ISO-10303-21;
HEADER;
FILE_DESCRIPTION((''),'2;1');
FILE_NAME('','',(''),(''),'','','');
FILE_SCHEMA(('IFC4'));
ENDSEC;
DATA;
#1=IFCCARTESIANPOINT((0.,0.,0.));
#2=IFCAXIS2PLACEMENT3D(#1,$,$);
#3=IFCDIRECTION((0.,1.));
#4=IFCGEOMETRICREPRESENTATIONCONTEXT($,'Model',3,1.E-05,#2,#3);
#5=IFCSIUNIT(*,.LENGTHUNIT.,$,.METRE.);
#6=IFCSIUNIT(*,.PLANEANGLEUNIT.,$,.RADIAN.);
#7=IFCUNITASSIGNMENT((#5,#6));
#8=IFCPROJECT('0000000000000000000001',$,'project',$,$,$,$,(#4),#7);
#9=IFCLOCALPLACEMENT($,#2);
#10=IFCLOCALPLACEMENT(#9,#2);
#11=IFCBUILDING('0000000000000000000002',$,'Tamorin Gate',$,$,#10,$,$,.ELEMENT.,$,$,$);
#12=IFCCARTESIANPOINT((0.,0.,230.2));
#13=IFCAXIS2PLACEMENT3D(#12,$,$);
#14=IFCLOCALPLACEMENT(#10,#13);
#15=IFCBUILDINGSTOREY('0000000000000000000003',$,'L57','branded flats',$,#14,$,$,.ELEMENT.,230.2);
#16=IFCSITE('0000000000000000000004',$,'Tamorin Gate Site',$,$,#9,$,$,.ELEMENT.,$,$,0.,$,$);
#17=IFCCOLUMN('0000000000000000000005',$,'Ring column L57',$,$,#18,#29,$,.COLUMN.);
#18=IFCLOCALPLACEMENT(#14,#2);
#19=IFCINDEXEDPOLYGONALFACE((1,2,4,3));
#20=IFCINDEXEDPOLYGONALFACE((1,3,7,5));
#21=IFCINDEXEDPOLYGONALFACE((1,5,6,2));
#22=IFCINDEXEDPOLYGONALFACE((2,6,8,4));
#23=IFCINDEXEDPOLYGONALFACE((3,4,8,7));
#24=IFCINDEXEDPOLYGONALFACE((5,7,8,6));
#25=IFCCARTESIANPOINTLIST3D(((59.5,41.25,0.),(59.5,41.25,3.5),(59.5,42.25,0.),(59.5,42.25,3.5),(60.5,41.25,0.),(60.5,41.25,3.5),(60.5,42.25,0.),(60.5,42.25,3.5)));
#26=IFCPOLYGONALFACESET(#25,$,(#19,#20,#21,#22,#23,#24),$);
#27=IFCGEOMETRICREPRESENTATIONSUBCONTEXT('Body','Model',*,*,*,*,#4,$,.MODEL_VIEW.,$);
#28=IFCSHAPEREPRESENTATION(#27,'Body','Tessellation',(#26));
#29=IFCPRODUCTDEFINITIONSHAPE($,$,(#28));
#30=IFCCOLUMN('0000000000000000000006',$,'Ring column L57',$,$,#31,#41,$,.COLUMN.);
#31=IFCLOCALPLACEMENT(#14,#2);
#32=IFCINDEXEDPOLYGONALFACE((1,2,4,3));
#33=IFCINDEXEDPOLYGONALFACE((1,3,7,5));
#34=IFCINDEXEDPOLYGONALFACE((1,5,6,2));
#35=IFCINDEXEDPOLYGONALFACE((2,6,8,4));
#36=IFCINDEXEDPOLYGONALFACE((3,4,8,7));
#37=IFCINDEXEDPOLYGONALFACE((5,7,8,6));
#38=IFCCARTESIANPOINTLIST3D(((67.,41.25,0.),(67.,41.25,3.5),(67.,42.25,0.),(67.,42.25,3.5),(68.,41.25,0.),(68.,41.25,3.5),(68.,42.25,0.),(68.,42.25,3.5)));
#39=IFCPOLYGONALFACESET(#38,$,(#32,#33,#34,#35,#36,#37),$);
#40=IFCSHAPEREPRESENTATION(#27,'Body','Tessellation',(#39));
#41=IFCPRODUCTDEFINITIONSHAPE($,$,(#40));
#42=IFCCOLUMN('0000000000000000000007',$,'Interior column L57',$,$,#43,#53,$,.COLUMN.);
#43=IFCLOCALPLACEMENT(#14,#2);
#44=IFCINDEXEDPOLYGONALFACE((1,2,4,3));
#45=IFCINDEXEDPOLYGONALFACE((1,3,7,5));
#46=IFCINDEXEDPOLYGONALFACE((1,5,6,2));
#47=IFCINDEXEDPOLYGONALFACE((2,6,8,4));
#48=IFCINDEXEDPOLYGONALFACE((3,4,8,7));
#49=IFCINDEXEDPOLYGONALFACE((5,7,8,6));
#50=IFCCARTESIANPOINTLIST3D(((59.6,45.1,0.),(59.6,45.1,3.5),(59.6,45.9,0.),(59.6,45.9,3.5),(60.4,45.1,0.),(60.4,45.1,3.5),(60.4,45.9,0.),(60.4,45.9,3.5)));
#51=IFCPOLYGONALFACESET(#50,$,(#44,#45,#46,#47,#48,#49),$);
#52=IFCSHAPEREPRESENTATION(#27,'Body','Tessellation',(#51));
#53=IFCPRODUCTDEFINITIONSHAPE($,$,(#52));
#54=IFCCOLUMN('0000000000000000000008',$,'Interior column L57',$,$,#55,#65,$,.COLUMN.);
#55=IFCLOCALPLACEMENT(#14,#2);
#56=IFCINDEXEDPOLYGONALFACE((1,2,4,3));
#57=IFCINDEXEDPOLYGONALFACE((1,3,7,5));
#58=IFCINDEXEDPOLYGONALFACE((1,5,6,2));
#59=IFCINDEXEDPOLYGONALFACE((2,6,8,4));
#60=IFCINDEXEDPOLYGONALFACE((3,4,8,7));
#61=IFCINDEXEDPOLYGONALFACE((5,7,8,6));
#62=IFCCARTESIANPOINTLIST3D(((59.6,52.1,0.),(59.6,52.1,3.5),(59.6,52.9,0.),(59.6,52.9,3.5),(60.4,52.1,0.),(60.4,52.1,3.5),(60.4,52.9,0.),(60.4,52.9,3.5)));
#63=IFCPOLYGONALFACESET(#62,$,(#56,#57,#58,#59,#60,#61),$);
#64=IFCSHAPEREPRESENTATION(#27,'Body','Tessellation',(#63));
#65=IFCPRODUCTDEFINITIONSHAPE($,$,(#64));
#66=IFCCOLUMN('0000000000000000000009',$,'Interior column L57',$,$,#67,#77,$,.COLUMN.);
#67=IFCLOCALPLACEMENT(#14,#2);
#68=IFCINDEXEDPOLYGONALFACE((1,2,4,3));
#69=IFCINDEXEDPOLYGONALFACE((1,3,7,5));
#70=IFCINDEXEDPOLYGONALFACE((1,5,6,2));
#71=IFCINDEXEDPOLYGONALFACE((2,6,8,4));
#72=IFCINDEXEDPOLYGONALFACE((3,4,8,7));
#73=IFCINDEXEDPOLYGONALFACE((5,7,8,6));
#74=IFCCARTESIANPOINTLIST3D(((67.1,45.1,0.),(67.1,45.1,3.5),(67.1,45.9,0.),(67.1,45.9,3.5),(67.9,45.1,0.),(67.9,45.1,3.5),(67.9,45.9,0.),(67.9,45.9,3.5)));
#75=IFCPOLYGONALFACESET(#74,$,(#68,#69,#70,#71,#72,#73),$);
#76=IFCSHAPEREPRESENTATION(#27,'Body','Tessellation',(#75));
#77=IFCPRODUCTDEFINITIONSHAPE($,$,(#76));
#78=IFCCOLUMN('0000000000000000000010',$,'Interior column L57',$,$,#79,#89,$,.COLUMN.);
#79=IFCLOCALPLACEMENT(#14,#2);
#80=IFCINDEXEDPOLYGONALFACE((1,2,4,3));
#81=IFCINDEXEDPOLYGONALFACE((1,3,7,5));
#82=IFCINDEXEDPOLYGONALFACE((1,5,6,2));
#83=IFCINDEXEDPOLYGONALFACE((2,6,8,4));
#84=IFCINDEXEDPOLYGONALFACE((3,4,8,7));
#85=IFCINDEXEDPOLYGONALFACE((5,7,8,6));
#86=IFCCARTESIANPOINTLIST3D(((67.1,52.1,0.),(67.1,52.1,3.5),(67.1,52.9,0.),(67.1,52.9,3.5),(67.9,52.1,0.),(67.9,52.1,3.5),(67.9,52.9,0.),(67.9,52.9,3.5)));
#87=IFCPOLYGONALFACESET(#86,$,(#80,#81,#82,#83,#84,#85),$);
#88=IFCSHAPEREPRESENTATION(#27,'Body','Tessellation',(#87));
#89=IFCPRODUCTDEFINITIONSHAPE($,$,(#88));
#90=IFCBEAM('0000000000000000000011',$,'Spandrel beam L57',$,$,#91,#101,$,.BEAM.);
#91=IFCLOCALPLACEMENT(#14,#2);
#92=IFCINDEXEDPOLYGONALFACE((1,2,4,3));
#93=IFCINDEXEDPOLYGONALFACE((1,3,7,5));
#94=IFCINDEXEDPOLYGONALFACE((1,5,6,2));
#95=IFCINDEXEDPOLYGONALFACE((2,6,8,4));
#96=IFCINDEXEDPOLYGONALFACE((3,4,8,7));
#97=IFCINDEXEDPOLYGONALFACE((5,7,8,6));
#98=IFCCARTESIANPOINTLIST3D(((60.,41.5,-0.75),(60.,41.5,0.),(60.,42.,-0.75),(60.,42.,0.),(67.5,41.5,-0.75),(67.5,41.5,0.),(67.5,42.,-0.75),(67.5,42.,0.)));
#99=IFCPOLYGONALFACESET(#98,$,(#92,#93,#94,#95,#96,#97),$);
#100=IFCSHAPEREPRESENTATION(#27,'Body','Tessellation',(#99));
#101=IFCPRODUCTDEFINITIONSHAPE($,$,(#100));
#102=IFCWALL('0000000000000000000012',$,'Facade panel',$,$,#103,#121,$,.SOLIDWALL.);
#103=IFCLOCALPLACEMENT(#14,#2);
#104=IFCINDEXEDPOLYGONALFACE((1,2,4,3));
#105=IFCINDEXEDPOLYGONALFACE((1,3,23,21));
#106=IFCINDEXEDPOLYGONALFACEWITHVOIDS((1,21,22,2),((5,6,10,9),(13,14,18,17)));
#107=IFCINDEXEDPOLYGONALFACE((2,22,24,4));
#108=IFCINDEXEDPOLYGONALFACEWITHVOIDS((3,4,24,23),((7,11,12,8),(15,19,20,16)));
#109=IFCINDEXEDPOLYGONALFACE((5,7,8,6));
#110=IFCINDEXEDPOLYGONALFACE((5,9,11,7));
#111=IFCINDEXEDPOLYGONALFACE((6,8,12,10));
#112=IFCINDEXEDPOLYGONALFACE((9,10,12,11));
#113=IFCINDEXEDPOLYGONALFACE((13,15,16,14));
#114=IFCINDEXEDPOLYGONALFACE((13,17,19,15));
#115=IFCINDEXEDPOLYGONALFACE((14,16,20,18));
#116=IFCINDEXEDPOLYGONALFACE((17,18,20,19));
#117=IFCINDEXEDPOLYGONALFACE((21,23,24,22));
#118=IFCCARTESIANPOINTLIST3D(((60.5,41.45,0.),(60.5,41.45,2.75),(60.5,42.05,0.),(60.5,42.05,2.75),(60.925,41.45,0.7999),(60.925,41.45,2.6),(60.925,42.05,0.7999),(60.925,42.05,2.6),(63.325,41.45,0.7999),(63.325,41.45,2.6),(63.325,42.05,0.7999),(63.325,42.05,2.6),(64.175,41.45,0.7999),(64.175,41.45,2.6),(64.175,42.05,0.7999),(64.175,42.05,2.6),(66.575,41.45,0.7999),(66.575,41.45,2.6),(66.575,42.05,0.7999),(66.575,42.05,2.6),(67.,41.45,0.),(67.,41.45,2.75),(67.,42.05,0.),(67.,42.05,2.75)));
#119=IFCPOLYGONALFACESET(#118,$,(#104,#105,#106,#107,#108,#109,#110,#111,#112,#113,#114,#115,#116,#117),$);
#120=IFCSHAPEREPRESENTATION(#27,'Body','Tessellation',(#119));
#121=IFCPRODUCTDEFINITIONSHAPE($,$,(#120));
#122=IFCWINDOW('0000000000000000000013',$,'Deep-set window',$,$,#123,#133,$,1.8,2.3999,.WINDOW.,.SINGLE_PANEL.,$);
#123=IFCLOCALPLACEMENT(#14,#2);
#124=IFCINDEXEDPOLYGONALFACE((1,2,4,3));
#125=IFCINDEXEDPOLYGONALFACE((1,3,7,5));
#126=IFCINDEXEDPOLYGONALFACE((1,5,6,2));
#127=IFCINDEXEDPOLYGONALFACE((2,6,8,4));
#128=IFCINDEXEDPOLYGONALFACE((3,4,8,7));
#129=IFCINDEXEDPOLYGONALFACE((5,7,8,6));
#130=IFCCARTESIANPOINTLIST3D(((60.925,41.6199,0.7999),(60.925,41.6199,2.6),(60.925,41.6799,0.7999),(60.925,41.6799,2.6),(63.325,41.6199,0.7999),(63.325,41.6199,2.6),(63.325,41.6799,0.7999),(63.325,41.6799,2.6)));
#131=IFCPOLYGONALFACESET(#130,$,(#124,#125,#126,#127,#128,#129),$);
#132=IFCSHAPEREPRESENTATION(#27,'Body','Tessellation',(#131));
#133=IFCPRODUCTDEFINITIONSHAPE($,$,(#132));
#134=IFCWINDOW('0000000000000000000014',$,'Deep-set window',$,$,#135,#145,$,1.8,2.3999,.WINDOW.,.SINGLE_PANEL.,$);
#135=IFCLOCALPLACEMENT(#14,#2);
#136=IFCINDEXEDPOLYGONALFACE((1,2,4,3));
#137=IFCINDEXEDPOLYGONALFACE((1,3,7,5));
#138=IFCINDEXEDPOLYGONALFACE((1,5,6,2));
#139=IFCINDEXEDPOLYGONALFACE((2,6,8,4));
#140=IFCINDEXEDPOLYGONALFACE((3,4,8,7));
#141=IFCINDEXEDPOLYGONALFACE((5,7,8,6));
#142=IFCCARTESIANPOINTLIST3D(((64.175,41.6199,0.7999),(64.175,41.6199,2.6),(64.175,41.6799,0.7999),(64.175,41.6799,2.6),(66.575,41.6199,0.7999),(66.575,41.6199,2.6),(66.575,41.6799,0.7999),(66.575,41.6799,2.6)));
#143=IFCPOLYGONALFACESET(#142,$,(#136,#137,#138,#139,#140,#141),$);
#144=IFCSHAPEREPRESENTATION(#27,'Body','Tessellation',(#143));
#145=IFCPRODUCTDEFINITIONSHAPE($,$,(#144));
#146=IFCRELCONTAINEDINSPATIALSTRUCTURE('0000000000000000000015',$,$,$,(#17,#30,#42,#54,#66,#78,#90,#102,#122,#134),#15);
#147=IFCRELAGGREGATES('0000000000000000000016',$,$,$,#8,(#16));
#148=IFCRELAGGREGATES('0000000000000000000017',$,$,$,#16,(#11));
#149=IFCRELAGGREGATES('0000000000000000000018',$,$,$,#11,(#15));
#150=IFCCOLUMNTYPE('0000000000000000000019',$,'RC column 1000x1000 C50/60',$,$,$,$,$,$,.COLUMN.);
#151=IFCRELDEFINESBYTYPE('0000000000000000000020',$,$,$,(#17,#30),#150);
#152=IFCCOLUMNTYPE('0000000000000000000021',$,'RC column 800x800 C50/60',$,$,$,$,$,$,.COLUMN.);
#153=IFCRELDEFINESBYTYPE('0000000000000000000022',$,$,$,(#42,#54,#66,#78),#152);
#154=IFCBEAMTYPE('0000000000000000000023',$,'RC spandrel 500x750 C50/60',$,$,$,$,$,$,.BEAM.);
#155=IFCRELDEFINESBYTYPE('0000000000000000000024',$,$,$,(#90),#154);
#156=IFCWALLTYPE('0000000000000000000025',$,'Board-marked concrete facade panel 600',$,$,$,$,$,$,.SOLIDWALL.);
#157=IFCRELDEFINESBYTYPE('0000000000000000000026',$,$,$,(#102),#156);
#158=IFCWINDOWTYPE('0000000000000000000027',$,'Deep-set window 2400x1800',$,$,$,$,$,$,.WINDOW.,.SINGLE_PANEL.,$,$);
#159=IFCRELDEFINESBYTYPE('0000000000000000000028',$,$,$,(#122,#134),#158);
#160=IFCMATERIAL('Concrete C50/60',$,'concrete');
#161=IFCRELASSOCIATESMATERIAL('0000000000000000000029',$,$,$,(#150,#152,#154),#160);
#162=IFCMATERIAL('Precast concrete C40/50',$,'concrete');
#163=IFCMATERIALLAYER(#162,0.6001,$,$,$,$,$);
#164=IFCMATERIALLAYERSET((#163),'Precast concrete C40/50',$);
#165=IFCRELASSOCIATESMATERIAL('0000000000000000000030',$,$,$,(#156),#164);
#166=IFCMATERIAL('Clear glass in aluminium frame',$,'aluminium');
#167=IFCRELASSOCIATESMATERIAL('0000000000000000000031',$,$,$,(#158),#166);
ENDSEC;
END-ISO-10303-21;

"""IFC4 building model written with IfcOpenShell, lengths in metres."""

from ifc_helpers import new_model, si_unit, direction, frame, frame_2d, origin, origin_2d, place, context, subcontext, project, spatial, rectangle, extrude, material, layer, layer_set, material_profile, profile_set, type_object, element, fill, save


model = new_model("IFC4")

# Units and contexts
model_context = context("Model", 3, precision=1e-05, world=origin(), true_north=direction((0.0, 1.0)))
body_context = subcontext(model_context, "Body", "Model", "MODEL_VIEW")
ifc_project = project(units=[si_unit("LENGTHUNIT", "METRE"), si_unit("PLANEANGLEUNIT", "RADIAN")], contexts=[model_context])

# Site, building, storey
site_placement = place(None, origin())
site = spatial("IfcSite", under=ifc_project, at=site_placement, Name="Tamorin Gate Site", CompositionType="ELEMENT", RefElevation=0.0)
building_placement = place(site_placement, origin())
building = spatial("IfcBuilding", under=site, at=building_placement, Name="Tamorin Gate", CompositionType="ELEMENT")
storey_placement = place(building_placement, frame((0.0, 0.0, 230.2)))
storey = spatial("IfcBuildingStorey", under=building, at=storey_placement, Name="L57", Description="branded flats", CompositionType="ELEMENT", Elevation=230.2)

# Columns
ifc_material_1 = material(Name="Concrete C50/60", Category="concrete")
ifc_material_profile_1 = material_profile(ifc_material_1, rectangle(XDim=1.0, YDim=1.0, at=origin_2d()), Name="RC 1000x1000")
ifc_profile_set_1 = profile_set([ifc_material_profile_1], Name="Concrete C50/60")
column_type_1 = type_object("IfcColumnType", Name="RC column 1000x1000 C50/60", PredefinedType="COLUMN", material=ifc_profile_set_1)
for number, where, z_axis, x_axis, name in (
    (1, (60.0, 41.75, 0.0), (0.0, 0.0, 1.0), (1.0, 0.0, 0.0), "Ring column L57"),
    (2, (67.5, 41.75, 0.0), (0.0, 0.0, 1.0), (1.0, 0.0, 0.0), "Ring column L57"),
):
    element("IfcColumn", number, at=place(storey_placement, frame(where, z_axis=z_axis, x_axis=x_axis)), inside=storey, type_object=column_type_1, Name=name, PredefinedType="COLUMN", context=body_context, shape_type="SweptSolid", body=[
        extrude(rectangle(XDim=1.0, YDim=1.0, at=origin_2d()), origin(), (0.0, 0.0, 1.0), 3.5),
    ])
ifc_material_profile_2 = material_profile(ifc_material_1, rectangle(XDim=0.8, YDim=0.8, at=origin_2d()), Name="RC 800x800")
ifc_profile_set_2 = profile_set([ifc_material_profile_2], Name="Concrete C50/60")
column_type_2 = type_object("IfcColumnType", Name="RC column 800x800 C50/60", PredefinedType="COLUMN", material=ifc_profile_set_2)
for number, where, z_axis, x_axis, name in (
    (3, (60.0, 45.5, 0.0), (0.0, 0.0, 1.0), (1.0, 0.0, 0.0), "Interior column L57"),
    (4, (60.0, 52.5, 0.0), (0.0, 0.0, 1.0), (1.0, 0.0, 0.0), "Interior column L57"),
    (5, (67.5, 45.5, 0.0), (0.0, 0.0, 1.0), (1.0, 0.0, 0.0), "Interior column L57"),
    (6, (67.5, 52.5, 0.0), (0.0, 0.0, 1.0), (1.0, 0.0, 0.0), "Interior column L57"),
):
    element("IfcColumn", number, at=place(storey_placement, frame(where, z_axis=z_axis, x_axis=x_axis)), inside=storey, type_object=column_type_2, Name=name, PredefinedType="COLUMN", context=body_context, shape_type="SweptSolid", body=[
        extrude(rectangle(XDim=0.8, YDim=0.8, at=origin_2d()), origin(), (0.0, 0.0, 1.0), 3.5),
    ])

# Beam
ifc_material_profile_3 = material_profile(ifc_material_1, rectangle(XDim=0.5, YDim=0.75, at=origin_2d()), Name="RC 500x750")
ifc_profile_set_3 = profile_set([ifc_material_profile_3], Name="Concrete C50/60")
beam_type = type_object("IfcBeamType", Name="RC spandrel 500x750 C50/60", PredefinedType="BEAM", material=ifc_profile_set_3)
beam_placement = place(storey_placement, frame((60.0, 41.75, -0.375), z_axis=(1.0, 0.0, 0.0), x_axis=(0.0, 1.0, 0.0)))
element("IfcBeam", 7, at=beam_placement, inside=storey, type_object=beam_type, Name="Spandrel beam L57", PredefinedType="BEAM", context=body_context, shape_type="SweptSolid", body=[
    extrude(rectangle(XDim=0.5, YDim=0.75, at=origin_2d()), origin(), (0.0, 0.0, 1.0), 7.5),
])

# Wall, openings, windows
ifc_material_2 = material(Name="Precast concrete C40/50", Category="concrete")
ifc_layer_1 = layer(ifc_material_2, 0.6001)
ifc_layer_set_1 = layer_set([ifc_layer_1], Name="Precast concrete C40/50")
wall_type_1 = type_object("IfcWallType", Name="Board-marked concrete facade panel 600", PredefinedType="SOLIDWALL", material=ifc_layer_set_1)
wall_1_placement = place(storey_placement, frame((60.5, 41.75, 0.0), z_axis=(0.0, 0.0, 1.0), x_axis=(1.0, 0.0, 0.0)))
wall_1 = element("IfcWall", 8, at=wall_1_placement, inside=storey, type_object=wall_type_1, Name="Facade panel", PredefinedType="SOLIDWALL", context=body_context, shape_type="SweptSolid", body=[
    extrude(rectangle(XDim=6.5, YDim=0.6001, at=frame_2d((3.25, 0.0))), origin(), (0.0, 0.0, 1.0), 2.75),
])
opening_1_placement = place(wall_1_placement, frame((0.425, 0.0, 0.8)))
opening_1 = element("IfcOpeningElement", 9, at=opening_1_placement, cuts=wall_1, PredefinedType="OPENING", context=body_context, shape_type="SweptSolid", body=[
    extrude(rectangle(XDim=2.3999, YDim=1.8, at=frame_2d((1.2, 0.8999))), frame((0.0, 0.3101, 0.0), z_axis=(0.0, -1.0, 0.0), x_axis=(1.0, 0.0, 0.0)), (0.0, 0.0, 1.0), 0.6201),
])
opening_2_placement = place(wall_1_placement, frame((3.675, 0.0, 0.8)))
opening_2 = element("IfcOpeningElement", 10, at=opening_2_placement, cuts=wall_1, PredefinedType="OPENING", context=body_context, shape_type="SweptSolid", body=[
    extrude(rectangle(XDim=2.3999, YDim=1.8, at=frame_2d((1.2, 0.8999))), frame((0.0, 0.3101, 0.0), z_axis=(0.0, -1.0, 0.0), x_axis=(1.0, 0.0, 0.0)), (0.0, 0.0, 1.0), 0.6201),
])
ifc_material_3 = material(Name="Clear glass in aluminium frame", Category="aluminium")
window_type = type_object("IfcWindowType", Name="Deep-set window 2400x1800", PartitioningType="SINGLE_PANEL", PredefinedType="WINDOW", material=ifc_material_3)
window_1_placement = place(opening_1_placement, origin())
window_1 = element("IfcWindow", 11, at=window_1_placement, inside=storey, type_object=window_type, Name="Deep-set window", OverallHeight=1.8, OverallWidth=2.3999, PartitioningType="SINGLE_PANEL", PredefinedType="WINDOW", context=body_context, shape_type="SweptSolid", body=[
    extrude(rectangle(XDim=2.3999, YDim=1.8, at=frame_2d((1.2, 0.8999))), frame((0.0, -0.0701, 0.0), z_axis=(0.0, -1.0, 0.0), x_axis=(1.0, 0.0, 0.0)), (0.0, 0.0, 1.0), 0.0601),
])
fill(opening_1, window_1)
window_2_placement = place(opening_2_placement, origin())
window_2 = element("IfcWindow", 12, at=window_2_placement, inside=storey, type_object=window_type, Name="Deep-set window", OverallHeight=1.8, OverallWidth=2.3999, PartitioningType="SINGLE_PANEL", PredefinedType="WINDOW", context=body_context, shape_type="SweptSolid", body=[
    extrude(rectangle(XDim=2.3999, YDim=1.8, at=frame_2d((1.2, 0.8999))), frame((0.0, -0.0701, 0.0), z_axis=(0.0, -1.0, 0.0), x_axis=(1.0, 0.0, 0.0)), (0.0, 0.0, 1.0), 0.0601),
])
fill(opening_2, window_2)

save(model, "model.ifc")
